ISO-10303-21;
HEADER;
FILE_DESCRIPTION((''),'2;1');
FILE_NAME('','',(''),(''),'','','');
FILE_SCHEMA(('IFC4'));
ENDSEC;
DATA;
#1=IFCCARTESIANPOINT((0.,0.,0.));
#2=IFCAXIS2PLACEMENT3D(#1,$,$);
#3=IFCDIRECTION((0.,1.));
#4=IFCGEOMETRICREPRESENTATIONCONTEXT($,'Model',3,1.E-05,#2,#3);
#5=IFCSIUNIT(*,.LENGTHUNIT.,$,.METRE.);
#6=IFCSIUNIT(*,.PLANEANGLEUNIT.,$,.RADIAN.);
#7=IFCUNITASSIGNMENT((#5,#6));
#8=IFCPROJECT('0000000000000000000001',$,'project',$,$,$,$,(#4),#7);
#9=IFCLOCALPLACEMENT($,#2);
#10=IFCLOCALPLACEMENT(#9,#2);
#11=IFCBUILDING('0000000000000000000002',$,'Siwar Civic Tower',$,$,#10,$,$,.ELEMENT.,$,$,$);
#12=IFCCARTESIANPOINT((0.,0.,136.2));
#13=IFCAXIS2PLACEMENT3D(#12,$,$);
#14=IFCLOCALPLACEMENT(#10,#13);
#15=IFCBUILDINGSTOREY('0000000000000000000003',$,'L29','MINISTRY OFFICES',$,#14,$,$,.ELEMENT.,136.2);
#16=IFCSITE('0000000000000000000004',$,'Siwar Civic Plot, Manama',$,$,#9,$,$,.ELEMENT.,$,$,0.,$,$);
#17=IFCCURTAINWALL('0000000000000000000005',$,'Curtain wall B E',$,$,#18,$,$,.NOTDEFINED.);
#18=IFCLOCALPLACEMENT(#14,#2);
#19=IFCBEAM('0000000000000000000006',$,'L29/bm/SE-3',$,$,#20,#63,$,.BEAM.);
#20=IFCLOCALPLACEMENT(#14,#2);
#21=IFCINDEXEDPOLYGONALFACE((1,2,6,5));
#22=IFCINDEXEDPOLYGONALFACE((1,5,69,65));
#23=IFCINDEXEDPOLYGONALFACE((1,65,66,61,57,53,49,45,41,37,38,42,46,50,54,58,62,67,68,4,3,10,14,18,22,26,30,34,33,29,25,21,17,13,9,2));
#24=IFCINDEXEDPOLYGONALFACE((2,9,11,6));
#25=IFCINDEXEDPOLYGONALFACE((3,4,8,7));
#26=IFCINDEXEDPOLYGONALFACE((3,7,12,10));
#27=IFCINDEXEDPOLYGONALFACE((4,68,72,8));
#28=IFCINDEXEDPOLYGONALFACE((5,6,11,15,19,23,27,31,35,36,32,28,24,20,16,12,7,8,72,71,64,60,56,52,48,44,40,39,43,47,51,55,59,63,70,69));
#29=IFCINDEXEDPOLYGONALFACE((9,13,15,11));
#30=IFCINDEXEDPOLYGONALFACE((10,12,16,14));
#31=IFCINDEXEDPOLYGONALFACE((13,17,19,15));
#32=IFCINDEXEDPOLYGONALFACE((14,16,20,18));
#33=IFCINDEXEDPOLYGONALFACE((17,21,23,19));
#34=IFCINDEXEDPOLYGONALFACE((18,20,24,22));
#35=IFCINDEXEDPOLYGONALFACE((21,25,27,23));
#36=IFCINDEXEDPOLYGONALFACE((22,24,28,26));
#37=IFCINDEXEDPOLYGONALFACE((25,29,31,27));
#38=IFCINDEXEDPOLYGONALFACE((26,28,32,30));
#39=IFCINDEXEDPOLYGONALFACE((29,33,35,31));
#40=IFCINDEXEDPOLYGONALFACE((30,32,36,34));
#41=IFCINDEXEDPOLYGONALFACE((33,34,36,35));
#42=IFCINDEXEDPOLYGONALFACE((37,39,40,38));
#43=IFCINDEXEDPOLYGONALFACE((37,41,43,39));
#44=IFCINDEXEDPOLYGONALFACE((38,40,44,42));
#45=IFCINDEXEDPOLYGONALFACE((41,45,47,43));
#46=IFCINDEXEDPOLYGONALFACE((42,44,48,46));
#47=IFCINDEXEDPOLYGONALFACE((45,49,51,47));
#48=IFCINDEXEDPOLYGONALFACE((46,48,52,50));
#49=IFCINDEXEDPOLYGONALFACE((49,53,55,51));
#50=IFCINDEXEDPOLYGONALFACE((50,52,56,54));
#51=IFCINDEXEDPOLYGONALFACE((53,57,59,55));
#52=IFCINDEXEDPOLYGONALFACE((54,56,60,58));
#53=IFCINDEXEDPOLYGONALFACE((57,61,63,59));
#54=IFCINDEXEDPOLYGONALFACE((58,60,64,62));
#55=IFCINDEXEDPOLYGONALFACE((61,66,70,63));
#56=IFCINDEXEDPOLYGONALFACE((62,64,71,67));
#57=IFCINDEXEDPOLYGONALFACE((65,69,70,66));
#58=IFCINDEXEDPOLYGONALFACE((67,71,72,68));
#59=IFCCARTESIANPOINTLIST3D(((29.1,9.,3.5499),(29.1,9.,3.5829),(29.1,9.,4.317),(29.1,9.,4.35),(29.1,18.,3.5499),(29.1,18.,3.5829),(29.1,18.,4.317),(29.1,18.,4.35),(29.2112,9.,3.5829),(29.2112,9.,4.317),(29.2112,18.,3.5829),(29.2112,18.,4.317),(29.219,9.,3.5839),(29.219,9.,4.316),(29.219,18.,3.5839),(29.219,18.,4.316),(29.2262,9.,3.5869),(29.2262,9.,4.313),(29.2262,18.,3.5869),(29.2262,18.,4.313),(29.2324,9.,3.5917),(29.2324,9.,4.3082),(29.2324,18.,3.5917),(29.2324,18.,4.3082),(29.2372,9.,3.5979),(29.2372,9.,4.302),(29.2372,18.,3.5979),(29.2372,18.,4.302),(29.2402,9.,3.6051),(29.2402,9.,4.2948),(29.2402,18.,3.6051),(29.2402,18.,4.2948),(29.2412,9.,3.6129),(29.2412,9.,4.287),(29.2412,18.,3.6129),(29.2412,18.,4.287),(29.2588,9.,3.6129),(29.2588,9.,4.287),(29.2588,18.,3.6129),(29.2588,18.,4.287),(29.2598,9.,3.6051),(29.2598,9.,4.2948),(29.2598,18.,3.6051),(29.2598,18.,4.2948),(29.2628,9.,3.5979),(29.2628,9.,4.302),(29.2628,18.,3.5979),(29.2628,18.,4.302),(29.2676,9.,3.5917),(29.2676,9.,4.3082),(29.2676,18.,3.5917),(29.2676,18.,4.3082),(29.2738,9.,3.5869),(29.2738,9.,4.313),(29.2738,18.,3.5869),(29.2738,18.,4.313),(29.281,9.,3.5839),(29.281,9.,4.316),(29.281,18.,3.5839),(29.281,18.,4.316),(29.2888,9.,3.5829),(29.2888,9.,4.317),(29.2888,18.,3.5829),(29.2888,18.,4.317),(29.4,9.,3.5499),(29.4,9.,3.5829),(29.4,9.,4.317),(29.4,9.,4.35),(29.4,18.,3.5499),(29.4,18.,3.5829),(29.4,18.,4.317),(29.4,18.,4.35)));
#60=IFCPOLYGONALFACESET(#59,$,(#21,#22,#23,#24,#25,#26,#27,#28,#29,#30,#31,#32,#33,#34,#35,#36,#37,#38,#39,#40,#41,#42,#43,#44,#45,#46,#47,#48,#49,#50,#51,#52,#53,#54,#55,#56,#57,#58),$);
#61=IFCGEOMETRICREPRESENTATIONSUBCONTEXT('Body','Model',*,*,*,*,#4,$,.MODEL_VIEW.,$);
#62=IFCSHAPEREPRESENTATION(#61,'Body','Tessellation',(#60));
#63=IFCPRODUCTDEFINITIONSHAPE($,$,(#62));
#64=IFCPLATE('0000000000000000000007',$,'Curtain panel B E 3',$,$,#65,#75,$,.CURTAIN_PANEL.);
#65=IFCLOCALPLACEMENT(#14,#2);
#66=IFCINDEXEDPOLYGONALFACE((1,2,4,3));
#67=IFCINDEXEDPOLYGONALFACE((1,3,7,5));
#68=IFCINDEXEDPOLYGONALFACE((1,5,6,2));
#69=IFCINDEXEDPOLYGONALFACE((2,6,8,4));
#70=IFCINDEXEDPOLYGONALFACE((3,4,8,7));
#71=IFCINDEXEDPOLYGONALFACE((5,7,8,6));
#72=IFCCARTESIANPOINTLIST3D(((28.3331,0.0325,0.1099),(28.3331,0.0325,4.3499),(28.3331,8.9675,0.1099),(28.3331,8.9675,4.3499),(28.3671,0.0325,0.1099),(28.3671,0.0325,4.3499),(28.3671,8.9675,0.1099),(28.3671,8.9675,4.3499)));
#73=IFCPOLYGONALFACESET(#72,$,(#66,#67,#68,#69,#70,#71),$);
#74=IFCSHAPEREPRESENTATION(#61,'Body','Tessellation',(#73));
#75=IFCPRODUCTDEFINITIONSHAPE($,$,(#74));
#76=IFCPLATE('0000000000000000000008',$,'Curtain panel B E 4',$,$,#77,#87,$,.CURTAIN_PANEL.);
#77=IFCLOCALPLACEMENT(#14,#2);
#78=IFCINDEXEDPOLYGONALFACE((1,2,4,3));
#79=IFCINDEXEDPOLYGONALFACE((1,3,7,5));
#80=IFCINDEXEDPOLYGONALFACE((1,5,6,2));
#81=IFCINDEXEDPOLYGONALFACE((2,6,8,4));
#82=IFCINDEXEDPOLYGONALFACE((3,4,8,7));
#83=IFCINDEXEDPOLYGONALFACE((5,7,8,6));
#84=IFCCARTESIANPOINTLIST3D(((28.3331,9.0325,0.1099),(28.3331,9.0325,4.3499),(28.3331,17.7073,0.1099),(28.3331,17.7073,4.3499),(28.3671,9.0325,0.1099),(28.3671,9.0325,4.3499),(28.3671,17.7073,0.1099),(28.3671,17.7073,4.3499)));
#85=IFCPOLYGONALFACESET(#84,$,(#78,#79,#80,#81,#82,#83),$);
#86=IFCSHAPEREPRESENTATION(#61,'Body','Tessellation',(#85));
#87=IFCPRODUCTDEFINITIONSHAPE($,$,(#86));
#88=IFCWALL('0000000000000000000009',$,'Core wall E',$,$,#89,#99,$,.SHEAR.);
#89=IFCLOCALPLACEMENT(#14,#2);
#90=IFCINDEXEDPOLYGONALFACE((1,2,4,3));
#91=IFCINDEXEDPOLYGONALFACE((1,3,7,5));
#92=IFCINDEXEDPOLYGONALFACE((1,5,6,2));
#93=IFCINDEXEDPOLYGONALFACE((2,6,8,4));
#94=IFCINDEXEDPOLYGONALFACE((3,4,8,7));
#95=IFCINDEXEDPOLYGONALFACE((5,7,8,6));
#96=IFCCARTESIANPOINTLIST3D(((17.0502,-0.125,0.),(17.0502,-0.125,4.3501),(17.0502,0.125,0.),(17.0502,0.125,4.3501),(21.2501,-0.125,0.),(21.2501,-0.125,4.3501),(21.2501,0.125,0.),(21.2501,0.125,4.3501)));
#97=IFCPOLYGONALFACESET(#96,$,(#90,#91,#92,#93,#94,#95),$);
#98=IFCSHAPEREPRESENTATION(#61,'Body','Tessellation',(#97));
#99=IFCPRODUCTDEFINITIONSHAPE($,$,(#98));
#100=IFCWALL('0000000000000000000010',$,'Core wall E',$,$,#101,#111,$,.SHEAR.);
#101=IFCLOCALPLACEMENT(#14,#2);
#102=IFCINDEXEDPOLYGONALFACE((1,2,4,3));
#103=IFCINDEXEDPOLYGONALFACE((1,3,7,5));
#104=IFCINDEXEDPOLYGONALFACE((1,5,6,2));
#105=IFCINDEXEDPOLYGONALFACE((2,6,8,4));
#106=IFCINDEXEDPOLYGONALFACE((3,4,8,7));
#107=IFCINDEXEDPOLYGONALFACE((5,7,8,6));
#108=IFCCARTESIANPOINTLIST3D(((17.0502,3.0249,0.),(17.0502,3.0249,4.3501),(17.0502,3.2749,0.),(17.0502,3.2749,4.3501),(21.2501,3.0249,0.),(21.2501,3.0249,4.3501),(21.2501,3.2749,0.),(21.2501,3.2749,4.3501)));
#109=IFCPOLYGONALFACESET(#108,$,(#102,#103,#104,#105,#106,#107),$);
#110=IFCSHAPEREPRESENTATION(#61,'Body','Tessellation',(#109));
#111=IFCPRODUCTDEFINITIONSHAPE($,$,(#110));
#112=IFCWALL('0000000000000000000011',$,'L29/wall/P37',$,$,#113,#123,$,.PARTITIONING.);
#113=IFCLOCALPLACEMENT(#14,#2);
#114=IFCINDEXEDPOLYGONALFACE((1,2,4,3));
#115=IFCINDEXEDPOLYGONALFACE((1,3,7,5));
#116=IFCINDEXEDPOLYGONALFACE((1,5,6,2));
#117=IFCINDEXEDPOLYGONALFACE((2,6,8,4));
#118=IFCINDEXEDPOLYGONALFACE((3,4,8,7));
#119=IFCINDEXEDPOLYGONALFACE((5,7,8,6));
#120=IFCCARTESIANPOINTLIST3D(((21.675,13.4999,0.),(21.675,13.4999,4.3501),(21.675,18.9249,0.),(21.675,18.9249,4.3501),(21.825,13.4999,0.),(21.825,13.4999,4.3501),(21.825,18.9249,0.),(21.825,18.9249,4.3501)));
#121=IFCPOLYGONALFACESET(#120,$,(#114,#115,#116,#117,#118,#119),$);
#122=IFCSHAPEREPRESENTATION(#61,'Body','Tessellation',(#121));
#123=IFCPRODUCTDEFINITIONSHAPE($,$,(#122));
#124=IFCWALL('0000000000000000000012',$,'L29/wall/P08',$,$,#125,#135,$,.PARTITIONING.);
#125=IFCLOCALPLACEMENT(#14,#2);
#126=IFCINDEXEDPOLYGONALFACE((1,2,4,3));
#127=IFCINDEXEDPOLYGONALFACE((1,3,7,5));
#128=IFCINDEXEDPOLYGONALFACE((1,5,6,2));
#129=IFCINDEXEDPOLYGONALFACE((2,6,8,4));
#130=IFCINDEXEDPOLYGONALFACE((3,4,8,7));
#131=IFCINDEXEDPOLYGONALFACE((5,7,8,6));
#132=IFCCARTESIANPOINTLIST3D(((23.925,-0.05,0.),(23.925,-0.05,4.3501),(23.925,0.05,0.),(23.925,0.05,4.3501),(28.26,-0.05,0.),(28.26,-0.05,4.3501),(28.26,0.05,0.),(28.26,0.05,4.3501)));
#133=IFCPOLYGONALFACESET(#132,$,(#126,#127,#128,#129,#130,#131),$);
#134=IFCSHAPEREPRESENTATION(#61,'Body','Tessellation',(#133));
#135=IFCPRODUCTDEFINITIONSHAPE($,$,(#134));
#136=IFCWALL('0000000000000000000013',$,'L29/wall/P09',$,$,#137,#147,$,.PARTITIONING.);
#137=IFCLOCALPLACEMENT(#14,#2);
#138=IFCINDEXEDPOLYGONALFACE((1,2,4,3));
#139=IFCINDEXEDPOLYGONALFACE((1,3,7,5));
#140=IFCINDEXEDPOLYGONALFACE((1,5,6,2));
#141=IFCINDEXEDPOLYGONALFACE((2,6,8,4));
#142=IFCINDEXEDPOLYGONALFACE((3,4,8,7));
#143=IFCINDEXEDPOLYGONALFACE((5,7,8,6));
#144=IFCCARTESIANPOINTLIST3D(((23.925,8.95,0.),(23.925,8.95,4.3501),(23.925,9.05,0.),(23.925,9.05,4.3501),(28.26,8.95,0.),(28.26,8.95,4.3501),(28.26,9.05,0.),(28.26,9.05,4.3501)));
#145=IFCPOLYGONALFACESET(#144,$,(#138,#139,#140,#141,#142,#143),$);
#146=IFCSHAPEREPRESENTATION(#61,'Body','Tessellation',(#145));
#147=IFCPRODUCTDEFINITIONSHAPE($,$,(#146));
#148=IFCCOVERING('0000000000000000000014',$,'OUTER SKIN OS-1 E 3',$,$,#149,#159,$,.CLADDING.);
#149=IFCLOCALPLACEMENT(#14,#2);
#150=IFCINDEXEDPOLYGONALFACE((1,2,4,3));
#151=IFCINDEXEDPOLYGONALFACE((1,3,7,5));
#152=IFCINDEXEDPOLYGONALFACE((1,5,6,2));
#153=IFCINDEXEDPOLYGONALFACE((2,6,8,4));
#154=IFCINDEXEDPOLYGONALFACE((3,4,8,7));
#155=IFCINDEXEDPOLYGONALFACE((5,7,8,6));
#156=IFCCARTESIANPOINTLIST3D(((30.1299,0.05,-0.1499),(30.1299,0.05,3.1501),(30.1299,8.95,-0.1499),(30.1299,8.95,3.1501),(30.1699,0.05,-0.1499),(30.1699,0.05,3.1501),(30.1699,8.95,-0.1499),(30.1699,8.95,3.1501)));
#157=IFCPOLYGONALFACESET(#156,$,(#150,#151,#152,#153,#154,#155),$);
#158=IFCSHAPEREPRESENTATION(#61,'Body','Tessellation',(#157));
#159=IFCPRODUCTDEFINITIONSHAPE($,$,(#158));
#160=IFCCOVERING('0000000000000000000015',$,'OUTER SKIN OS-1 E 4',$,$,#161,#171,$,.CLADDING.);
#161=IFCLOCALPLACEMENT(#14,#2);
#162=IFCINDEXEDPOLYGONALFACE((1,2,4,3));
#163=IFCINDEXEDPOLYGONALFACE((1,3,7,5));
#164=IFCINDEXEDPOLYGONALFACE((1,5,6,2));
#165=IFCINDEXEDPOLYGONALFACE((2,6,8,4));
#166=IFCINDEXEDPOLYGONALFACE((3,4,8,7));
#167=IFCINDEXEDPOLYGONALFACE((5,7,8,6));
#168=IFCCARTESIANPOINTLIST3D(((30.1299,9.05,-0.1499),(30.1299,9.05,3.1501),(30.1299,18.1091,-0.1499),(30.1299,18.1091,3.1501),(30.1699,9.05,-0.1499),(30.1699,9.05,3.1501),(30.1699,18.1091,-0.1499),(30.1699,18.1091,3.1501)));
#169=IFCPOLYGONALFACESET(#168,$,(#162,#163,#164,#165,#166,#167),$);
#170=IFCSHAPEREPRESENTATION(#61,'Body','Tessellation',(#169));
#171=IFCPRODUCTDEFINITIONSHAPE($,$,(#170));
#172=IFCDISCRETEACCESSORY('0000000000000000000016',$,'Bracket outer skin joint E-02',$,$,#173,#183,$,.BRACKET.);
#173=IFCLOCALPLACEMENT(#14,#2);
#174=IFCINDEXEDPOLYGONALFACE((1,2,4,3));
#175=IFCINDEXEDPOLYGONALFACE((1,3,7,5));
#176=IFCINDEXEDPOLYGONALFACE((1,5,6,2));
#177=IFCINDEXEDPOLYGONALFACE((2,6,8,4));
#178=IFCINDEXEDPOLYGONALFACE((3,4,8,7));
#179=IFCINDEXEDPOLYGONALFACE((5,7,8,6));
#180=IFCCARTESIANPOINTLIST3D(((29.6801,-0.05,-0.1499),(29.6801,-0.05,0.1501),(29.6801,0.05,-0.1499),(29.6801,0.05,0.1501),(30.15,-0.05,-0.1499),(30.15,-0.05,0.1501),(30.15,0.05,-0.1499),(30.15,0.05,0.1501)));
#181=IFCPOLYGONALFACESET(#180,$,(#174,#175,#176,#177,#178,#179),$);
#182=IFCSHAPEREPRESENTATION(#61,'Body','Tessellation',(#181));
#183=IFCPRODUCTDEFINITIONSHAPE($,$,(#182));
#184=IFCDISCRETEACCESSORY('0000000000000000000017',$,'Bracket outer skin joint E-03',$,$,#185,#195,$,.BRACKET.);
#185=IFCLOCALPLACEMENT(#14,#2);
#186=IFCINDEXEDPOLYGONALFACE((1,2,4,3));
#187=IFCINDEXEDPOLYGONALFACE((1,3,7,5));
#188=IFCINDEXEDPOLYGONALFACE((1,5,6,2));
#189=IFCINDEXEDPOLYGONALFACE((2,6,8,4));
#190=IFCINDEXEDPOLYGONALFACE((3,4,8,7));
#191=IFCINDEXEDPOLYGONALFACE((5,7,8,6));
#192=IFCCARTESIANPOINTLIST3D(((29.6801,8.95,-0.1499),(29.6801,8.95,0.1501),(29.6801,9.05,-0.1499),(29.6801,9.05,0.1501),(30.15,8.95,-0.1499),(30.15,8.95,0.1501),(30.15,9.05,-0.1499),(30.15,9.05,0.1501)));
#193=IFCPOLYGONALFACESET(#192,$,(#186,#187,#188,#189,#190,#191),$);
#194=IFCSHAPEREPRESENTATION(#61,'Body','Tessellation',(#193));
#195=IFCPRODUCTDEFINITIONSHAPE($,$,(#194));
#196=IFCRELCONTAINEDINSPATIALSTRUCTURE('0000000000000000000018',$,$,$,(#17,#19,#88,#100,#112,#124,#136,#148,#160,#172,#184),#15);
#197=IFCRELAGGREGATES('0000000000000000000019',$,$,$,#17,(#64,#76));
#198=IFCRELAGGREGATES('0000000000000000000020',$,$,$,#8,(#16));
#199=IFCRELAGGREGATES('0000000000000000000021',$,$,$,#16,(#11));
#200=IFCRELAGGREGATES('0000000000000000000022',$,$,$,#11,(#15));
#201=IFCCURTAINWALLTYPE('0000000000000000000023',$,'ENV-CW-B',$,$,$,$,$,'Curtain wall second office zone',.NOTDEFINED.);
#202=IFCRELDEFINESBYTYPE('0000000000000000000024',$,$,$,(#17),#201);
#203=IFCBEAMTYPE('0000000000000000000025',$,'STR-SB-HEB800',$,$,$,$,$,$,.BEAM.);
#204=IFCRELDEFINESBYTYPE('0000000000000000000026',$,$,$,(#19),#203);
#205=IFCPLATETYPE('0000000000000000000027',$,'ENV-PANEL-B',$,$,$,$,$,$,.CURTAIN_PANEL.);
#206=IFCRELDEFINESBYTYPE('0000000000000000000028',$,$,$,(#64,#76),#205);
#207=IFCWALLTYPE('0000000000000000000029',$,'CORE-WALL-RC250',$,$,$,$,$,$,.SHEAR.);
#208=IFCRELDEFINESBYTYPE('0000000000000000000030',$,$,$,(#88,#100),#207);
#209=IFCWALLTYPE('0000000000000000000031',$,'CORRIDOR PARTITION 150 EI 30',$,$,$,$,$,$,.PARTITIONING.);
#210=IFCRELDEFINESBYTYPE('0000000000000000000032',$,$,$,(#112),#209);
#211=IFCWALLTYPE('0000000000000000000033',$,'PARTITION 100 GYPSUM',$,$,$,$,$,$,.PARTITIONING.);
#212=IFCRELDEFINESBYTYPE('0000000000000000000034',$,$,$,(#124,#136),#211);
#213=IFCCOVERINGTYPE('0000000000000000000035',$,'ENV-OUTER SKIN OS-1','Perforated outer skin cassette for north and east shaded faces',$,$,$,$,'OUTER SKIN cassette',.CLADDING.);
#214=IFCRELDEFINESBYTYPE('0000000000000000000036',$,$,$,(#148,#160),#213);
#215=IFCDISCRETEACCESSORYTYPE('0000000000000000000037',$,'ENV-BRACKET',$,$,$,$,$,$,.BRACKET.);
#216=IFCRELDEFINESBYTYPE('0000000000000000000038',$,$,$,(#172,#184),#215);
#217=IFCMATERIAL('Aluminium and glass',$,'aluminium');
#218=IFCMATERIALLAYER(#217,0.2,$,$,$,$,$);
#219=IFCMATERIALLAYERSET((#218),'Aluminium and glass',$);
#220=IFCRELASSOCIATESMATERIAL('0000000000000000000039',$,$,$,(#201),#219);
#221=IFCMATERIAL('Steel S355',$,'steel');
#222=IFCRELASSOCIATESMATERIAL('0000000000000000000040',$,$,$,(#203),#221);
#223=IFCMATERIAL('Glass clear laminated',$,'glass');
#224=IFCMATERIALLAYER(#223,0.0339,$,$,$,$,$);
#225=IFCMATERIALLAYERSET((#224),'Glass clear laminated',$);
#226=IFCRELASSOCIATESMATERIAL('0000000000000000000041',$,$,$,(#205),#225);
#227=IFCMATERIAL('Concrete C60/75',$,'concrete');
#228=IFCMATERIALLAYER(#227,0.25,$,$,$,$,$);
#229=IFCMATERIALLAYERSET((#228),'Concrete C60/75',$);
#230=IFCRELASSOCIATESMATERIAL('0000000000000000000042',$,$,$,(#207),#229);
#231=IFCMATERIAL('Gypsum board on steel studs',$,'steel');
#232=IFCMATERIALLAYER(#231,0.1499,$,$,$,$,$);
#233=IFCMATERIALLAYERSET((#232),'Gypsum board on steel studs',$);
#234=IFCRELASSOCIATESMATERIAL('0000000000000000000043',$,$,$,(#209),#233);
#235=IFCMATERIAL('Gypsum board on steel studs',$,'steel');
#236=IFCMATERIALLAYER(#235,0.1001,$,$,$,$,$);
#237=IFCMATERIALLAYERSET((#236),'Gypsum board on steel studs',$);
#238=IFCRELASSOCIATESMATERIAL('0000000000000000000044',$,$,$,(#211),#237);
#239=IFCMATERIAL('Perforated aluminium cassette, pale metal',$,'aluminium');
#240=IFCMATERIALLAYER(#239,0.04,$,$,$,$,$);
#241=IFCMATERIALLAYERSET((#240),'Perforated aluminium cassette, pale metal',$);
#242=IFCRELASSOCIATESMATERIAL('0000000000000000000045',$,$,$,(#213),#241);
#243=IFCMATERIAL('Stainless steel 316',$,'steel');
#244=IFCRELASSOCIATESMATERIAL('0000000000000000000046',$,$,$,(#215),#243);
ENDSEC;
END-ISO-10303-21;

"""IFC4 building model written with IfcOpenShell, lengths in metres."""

from ifc_helpers import new_model, si_unit, direction, frame, frame_2d, origin, origin_2d, place, context, subcontext, project, spatial, rectangle, i_section, extrude, material, layer, layer_set, material_profile, profile_set, type_object, element, aggregate, save


model = new_model("IFC4")

# Units and contexts
model_context = context("Model", 3, precision=1e-05, world=origin(), true_north=direction((0.0, 1.0)))
body_context = subcontext(model_context, "Body", "Model", "MODEL_VIEW")
ifc_project = project(units=[si_unit("LENGTHUNIT", "METRE"), si_unit("PLANEANGLEUNIT", "RADIAN")], contexts=[model_context])

# Site, building, storey
site_placement = place(None, origin())
site = spatial("IfcSite", under=ifc_project, at=site_placement, Name="Siwar Civic Plot, Manama", CompositionType="ELEMENT", RefElevation=0.0)
building_placement = place(site_placement, origin())
building = spatial("IfcBuilding", under=site, at=building_placement, Name="Siwar Civic Tower", CompositionType="ELEMENT")
storey_placement = place(building_placement, frame((0.0, 0.0, 136.2)))
storey = spatial("IfcBuildingStorey", under=building, at=storey_placement, Name="L29", Description="MINISTRY OFFICES", CompositionType="ELEMENT", Elevation=136.2)

# Curtain wall
ifc_material_1 = material(Name="Aluminium and glass", Category="aluminium")
ifc_layer_1 = layer(ifc_material_1, 0.2)
ifc_layer_set_1 = layer_set([ifc_layer_1], Name="Aluminium and glass")
curtain_wall_type_1 = type_object("IfcCurtainWallType", Name="ENV-CW-B", ElementType="Curtain wall second office zone", PredefinedType="NOTDEFINED", material=ifc_layer_set_1)
curtain_wall_1_placement = place(storey_placement, origin())
curtain_wall_1 = element("IfcCurtainWall", 1, at=curtain_wall_1_placement, inside=storey, type_object=curtain_wall_type_1, Name="Curtain wall B E", PredefinedType="NOTDEFINED")

# Beam
ifc_material_2 = material(Name="Steel S355", Category="steel")
ifc_material_profile_1 = material_profile(ifc_material_2, i_section(OverallWidth=0.3, OverallDepth=0.8, WebThickness=0.0176, FlangeThickness=0.033, FilletRadius=0.03, at=origin_2d()), Name="HEB800")
ifc_profile_set_1 = profile_set([ifc_material_profile_1], Name="Steel S355")
beam_type_1 = type_object("IfcBeamType", Name="STR-SB-HEB800", PredefinedType="BEAM", material=ifc_profile_set_1)
for number, where, z_axis, x_axis, name in (
    (2, (29.25, 9.0, 3.95), (0.0, 1.0, 0.0), (-1.0, 0.0, 0.0), "L29/bm/SE-3"),
):
    element("IfcBeam", number, at=place(storey_placement, frame(where, z_axis=z_axis, x_axis=x_axis)), inside=storey, type_object=beam_type_1, Name=name, PredefinedType="BEAM", context=body_context, shape_type="SweptSolid", body=[
        extrude(i_section(OverallWidth=0.3, OverallDepth=0.8, WebThickness=0.0176, FlangeThickness=0.033, FilletRadius=0.03, at=origin_2d()), origin(), (0.0, 0.0, 1.0), 9.0),
    ])

# Plates
ifc_material_3 = material(Name="Glass clear laminated", Category="glass")
ifc_layer_2 = layer(ifc_material_3, 0.0339)
ifc_layer_set_2 = layer_set([ifc_layer_2], Name="Glass clear laminated")
plate_type = type_object("IfcPlateType", Name="ENV-PANEL-B", PredefinedType="CURTAIN_PANEL", material=ifc_layer_set_2)
plate_1_placement = place(storey_placement, frame((28.3501, 4.5, 0.1099), z_axis=(0.0, 0.0, 1.0), x_axis=(0.0, 1.0, 0.0)))
plate_1 = element("IfcPlate", 3, at=plate_1_placement, type_object=plate_type, Name="Curtain panel B E 3", PredefinedType="CURTAIN_PANEL", context=body_context, shape_type="SweptSolid", body=[
    extrude(rectangle(XDim=8.9351, YDim=0.0339, at=origin_2d()), origin(), (0.0, 0.0, 1.0), 4.24),
])
plate_2_placement = place(storey_placement, frame((28.3501, 13.3699, 0.1099), z_axis=(0.0, 0.0, 1.0), x_axis=(0.0, 1.0, 0.0)))
plate_2 = element("IfcPlate", 4, at=plate_2_placement, type_object=plate_type, Name="Curtain panel B E 4", PredefinedType="CURTAIN_PANEL", context=body_context, shape_type="SweptSolid", body=[
    extrude(rectangle(XDim=8.6748, YDim=0.0339, at=origin_2d()), origin(), (0.0, 0.0, 1.0), 4.24),
])
aggregate(curtain_wall_1, [plate_1, plate_2])

# Walls
ifc_material_4 = material(Name="Concrete C60/75", Category="concrete")
ifc_layer_3 = layer(ifc_material_4, 0.25)
ifc_layer_set_3 = layer_set([ifc_layer_3], Name="Concrete C60/75")
wall_type_1 = type_object("IfcWallType", Name="CORE-WALL-RC250", PredefinedType="SHEAR", material=ifc_layer_set_3)
for number, where, z_axis, x_axis, name in (
    (5, (17.05, 0.0, 0.0), (0.0, 0.0, 1.0), (1.0, 0.0, 0.0), "Core wall E"),
    (6, (17.05, 3.1499, 0.0), (0.0, 0.0, 1.0), (1.0, 0.0, 0.0), "Core wall E"),
):
    element("IfcWall", number, at=place(storey_placement, frame(where, z_axis=z_axis, x_axis=x_axis)), inside=storey, type_object=wall_type_1, Name=name, PredefinedType="SHEAR", context=body_context, shape_type="SweptSolid", body=[
        extrude(rectangle(XDim=4.2, YDim=0.25, at=frame_2d((2.1001, 0.0))), origin(), (0.0, 0.0, 1.0), 4.3501),
    ])
ifc_material_5 = material(Name="Gypsum board on steel studs", Category="steel")
ifc_layer_4 = layer(ifc_material_5, 0.1499)
ifc_layer_set_4 = layer_set([ifc_layer_4], Name="Gypsum board on steel studs")
wall_type_2 = type_object("IfcWallType", Name="CORRIDOR PARTITION 150 EI 30", PredefinedType="PARTITIONING", material=ifc_layer_set_4)
wall_placement = place(storey_placement, frame((21.75, 13.5, 0.0), z_axis=(0.0, 0.0, 1.0), x_axis=(0.0, 1.0, 0.0)))
element("IfcWall", 7, at=wall_placement, inside=storey, type_object=wall_type_2, Name="L29/wall/P37", PredefinedType="PARTITIONING", context=body_context, shape_type="SweptSolid", body=[
    extrude(rectangle(XDim=5.425, YDim=0.1499, at=frame_2d((2.7124, 0.0))), origin(), (0.0, 0.0, 1.0), 4.3501),
])
ifc_material_6 = material(Name="Gypsum board on steel studs", Category="steel")
ifc_layer_5 = layer(ifc_material_6, 0.1001)
ifc_layer_set_5 = layer_set([ifc_layer_5], Name="Gypsum board on steel studs")
wall_type_3 = type_object("IfcWallType", Name="PARTITION 100 GYPSUM", PredefinedType="PARTITIONING", material=ifc_layer_set_5)
for number, where, z_axis, x_axis, name in (
    (8, (23.925, 0.0, 0.0), (0.0, 0.0, 1.0), (1.0, 0.0, 0.0), "L29/wall/P08"),
    (9, (23.925, 9.0, 0.0), (0.0, 0.0, 1.0), (1.0, 0.0, 0.0), "L29/wall/P09"),
):
    element("IfcWall", number, at=place(storey_placement, frame(where, z_axis=z_axis, x_axis=x_axis)), inside=storey, type_object=wall_type_3, Name=name, PredefinedType="PARTITIONING", context=body_context, shape_type="SweptSolid", body=[
        extrude(rectangle(XDim=4.335, YDim=0.1001, at=frame_2d((2.1675, 0.0))), origin(), (0.0, 0.0, 1.0), 4.3501),
    ])

# Coverings
ifc_material_7 = material(Name="Perforated aluminium cassette, pale metal", Category="aluminium")
ifc_layer_6 = layer(ifc_material_7, 0.04)
ifc_layer_set_6 = layer_set([ifc_layer_6], Name="Perforated aluminium cassette, pale metal")
covering_type = type_object("IfcCoveringType", Name="ENV-OUTER SKIN OS-1", Description="Perforated outer skin cassette for north and east shaded faces", ElementType="OUTER SKIN cassette", PredefinedType="CLADDING", material=ifc_layer_set_6)
covering_1_placement = place(storey_placement, frame((30.1499, 4.5, -0.1499), z_axis=(0.0, 0.0, 1.0), x_axis=(0.0, 1.0, 0.0)))
element("IfcCovering", 10, at=covering_1_placement, inside=storey, type_object=covering_type, Name="OUTER SKIN OS-1 E 3", PredefinedType="CLADDING", context=body_context, shape_type="SweptSolid", body=[
    extrude(rectangle(XDim=8.8999, YDim=0.04, at=origin_2d()), origin(), (0.0, 0.0, 1.0), 3.3),
])
covering_2_placement = place(storey_placement, frame((30.1499, 13.5796, -0.1499), z_axis=(0.0, 0.0, 1.0), x_axis=(0.0, 1.0, 0.0)))
element("IfcCovering", 11, at=covering_2_placement, inside=storey, type_object=covering_type, Name="OUTER SKIN OS-1 E 4", PredefinedType="CLADDING", context=body_context, shape_type="SweptSolid", body=[
    extrude(rectangle(XDim=9.0591, YDim=0.04, at=origin_2d()), origin(), (0.0, 0.0, 1.0), 3.3),
])

# Discrete accessories
ifc_material_8 = material(Name="Stainless steel 316", Category="steel")
discrete_accessory_type = type_object("IfcDiscreteAccessoryType", Name="ENV-BRACKET", PredefinedType="BRACKET", material=ifc_material_8)
for number, where, z_axis, x_axis, name in (
    (12, (29.915, 0.0, -0.1499), (0.0, 0.0, 1.0), (1.0, 0.0, 0.0), "Bracket outer skin joint E-02"),
    (13, (29.915, 9.0, -0.1499), (0.0, 0.0, 1.0), (1.0, 0.0, 0.0), "Bracket outer skin joint E-03"),
):
    element("IfcDiscreteAccessory", number, at=place(storey_placement, frame(where, z_axis=z_axis, x_axis=x_axis)), inside=storey, type_object=discrete_accessory_type, Name=name, PredefinedType="BRACKET", context=body_context, shape_type="SweptSolid", body=[
        extrude(rectangle(XDim=0.47, YDim=0.1001, at=origin_2d()), origin(), (0.0, 0.0, 1.0), 0.3),
    ])

save(model, "model.ifc")
